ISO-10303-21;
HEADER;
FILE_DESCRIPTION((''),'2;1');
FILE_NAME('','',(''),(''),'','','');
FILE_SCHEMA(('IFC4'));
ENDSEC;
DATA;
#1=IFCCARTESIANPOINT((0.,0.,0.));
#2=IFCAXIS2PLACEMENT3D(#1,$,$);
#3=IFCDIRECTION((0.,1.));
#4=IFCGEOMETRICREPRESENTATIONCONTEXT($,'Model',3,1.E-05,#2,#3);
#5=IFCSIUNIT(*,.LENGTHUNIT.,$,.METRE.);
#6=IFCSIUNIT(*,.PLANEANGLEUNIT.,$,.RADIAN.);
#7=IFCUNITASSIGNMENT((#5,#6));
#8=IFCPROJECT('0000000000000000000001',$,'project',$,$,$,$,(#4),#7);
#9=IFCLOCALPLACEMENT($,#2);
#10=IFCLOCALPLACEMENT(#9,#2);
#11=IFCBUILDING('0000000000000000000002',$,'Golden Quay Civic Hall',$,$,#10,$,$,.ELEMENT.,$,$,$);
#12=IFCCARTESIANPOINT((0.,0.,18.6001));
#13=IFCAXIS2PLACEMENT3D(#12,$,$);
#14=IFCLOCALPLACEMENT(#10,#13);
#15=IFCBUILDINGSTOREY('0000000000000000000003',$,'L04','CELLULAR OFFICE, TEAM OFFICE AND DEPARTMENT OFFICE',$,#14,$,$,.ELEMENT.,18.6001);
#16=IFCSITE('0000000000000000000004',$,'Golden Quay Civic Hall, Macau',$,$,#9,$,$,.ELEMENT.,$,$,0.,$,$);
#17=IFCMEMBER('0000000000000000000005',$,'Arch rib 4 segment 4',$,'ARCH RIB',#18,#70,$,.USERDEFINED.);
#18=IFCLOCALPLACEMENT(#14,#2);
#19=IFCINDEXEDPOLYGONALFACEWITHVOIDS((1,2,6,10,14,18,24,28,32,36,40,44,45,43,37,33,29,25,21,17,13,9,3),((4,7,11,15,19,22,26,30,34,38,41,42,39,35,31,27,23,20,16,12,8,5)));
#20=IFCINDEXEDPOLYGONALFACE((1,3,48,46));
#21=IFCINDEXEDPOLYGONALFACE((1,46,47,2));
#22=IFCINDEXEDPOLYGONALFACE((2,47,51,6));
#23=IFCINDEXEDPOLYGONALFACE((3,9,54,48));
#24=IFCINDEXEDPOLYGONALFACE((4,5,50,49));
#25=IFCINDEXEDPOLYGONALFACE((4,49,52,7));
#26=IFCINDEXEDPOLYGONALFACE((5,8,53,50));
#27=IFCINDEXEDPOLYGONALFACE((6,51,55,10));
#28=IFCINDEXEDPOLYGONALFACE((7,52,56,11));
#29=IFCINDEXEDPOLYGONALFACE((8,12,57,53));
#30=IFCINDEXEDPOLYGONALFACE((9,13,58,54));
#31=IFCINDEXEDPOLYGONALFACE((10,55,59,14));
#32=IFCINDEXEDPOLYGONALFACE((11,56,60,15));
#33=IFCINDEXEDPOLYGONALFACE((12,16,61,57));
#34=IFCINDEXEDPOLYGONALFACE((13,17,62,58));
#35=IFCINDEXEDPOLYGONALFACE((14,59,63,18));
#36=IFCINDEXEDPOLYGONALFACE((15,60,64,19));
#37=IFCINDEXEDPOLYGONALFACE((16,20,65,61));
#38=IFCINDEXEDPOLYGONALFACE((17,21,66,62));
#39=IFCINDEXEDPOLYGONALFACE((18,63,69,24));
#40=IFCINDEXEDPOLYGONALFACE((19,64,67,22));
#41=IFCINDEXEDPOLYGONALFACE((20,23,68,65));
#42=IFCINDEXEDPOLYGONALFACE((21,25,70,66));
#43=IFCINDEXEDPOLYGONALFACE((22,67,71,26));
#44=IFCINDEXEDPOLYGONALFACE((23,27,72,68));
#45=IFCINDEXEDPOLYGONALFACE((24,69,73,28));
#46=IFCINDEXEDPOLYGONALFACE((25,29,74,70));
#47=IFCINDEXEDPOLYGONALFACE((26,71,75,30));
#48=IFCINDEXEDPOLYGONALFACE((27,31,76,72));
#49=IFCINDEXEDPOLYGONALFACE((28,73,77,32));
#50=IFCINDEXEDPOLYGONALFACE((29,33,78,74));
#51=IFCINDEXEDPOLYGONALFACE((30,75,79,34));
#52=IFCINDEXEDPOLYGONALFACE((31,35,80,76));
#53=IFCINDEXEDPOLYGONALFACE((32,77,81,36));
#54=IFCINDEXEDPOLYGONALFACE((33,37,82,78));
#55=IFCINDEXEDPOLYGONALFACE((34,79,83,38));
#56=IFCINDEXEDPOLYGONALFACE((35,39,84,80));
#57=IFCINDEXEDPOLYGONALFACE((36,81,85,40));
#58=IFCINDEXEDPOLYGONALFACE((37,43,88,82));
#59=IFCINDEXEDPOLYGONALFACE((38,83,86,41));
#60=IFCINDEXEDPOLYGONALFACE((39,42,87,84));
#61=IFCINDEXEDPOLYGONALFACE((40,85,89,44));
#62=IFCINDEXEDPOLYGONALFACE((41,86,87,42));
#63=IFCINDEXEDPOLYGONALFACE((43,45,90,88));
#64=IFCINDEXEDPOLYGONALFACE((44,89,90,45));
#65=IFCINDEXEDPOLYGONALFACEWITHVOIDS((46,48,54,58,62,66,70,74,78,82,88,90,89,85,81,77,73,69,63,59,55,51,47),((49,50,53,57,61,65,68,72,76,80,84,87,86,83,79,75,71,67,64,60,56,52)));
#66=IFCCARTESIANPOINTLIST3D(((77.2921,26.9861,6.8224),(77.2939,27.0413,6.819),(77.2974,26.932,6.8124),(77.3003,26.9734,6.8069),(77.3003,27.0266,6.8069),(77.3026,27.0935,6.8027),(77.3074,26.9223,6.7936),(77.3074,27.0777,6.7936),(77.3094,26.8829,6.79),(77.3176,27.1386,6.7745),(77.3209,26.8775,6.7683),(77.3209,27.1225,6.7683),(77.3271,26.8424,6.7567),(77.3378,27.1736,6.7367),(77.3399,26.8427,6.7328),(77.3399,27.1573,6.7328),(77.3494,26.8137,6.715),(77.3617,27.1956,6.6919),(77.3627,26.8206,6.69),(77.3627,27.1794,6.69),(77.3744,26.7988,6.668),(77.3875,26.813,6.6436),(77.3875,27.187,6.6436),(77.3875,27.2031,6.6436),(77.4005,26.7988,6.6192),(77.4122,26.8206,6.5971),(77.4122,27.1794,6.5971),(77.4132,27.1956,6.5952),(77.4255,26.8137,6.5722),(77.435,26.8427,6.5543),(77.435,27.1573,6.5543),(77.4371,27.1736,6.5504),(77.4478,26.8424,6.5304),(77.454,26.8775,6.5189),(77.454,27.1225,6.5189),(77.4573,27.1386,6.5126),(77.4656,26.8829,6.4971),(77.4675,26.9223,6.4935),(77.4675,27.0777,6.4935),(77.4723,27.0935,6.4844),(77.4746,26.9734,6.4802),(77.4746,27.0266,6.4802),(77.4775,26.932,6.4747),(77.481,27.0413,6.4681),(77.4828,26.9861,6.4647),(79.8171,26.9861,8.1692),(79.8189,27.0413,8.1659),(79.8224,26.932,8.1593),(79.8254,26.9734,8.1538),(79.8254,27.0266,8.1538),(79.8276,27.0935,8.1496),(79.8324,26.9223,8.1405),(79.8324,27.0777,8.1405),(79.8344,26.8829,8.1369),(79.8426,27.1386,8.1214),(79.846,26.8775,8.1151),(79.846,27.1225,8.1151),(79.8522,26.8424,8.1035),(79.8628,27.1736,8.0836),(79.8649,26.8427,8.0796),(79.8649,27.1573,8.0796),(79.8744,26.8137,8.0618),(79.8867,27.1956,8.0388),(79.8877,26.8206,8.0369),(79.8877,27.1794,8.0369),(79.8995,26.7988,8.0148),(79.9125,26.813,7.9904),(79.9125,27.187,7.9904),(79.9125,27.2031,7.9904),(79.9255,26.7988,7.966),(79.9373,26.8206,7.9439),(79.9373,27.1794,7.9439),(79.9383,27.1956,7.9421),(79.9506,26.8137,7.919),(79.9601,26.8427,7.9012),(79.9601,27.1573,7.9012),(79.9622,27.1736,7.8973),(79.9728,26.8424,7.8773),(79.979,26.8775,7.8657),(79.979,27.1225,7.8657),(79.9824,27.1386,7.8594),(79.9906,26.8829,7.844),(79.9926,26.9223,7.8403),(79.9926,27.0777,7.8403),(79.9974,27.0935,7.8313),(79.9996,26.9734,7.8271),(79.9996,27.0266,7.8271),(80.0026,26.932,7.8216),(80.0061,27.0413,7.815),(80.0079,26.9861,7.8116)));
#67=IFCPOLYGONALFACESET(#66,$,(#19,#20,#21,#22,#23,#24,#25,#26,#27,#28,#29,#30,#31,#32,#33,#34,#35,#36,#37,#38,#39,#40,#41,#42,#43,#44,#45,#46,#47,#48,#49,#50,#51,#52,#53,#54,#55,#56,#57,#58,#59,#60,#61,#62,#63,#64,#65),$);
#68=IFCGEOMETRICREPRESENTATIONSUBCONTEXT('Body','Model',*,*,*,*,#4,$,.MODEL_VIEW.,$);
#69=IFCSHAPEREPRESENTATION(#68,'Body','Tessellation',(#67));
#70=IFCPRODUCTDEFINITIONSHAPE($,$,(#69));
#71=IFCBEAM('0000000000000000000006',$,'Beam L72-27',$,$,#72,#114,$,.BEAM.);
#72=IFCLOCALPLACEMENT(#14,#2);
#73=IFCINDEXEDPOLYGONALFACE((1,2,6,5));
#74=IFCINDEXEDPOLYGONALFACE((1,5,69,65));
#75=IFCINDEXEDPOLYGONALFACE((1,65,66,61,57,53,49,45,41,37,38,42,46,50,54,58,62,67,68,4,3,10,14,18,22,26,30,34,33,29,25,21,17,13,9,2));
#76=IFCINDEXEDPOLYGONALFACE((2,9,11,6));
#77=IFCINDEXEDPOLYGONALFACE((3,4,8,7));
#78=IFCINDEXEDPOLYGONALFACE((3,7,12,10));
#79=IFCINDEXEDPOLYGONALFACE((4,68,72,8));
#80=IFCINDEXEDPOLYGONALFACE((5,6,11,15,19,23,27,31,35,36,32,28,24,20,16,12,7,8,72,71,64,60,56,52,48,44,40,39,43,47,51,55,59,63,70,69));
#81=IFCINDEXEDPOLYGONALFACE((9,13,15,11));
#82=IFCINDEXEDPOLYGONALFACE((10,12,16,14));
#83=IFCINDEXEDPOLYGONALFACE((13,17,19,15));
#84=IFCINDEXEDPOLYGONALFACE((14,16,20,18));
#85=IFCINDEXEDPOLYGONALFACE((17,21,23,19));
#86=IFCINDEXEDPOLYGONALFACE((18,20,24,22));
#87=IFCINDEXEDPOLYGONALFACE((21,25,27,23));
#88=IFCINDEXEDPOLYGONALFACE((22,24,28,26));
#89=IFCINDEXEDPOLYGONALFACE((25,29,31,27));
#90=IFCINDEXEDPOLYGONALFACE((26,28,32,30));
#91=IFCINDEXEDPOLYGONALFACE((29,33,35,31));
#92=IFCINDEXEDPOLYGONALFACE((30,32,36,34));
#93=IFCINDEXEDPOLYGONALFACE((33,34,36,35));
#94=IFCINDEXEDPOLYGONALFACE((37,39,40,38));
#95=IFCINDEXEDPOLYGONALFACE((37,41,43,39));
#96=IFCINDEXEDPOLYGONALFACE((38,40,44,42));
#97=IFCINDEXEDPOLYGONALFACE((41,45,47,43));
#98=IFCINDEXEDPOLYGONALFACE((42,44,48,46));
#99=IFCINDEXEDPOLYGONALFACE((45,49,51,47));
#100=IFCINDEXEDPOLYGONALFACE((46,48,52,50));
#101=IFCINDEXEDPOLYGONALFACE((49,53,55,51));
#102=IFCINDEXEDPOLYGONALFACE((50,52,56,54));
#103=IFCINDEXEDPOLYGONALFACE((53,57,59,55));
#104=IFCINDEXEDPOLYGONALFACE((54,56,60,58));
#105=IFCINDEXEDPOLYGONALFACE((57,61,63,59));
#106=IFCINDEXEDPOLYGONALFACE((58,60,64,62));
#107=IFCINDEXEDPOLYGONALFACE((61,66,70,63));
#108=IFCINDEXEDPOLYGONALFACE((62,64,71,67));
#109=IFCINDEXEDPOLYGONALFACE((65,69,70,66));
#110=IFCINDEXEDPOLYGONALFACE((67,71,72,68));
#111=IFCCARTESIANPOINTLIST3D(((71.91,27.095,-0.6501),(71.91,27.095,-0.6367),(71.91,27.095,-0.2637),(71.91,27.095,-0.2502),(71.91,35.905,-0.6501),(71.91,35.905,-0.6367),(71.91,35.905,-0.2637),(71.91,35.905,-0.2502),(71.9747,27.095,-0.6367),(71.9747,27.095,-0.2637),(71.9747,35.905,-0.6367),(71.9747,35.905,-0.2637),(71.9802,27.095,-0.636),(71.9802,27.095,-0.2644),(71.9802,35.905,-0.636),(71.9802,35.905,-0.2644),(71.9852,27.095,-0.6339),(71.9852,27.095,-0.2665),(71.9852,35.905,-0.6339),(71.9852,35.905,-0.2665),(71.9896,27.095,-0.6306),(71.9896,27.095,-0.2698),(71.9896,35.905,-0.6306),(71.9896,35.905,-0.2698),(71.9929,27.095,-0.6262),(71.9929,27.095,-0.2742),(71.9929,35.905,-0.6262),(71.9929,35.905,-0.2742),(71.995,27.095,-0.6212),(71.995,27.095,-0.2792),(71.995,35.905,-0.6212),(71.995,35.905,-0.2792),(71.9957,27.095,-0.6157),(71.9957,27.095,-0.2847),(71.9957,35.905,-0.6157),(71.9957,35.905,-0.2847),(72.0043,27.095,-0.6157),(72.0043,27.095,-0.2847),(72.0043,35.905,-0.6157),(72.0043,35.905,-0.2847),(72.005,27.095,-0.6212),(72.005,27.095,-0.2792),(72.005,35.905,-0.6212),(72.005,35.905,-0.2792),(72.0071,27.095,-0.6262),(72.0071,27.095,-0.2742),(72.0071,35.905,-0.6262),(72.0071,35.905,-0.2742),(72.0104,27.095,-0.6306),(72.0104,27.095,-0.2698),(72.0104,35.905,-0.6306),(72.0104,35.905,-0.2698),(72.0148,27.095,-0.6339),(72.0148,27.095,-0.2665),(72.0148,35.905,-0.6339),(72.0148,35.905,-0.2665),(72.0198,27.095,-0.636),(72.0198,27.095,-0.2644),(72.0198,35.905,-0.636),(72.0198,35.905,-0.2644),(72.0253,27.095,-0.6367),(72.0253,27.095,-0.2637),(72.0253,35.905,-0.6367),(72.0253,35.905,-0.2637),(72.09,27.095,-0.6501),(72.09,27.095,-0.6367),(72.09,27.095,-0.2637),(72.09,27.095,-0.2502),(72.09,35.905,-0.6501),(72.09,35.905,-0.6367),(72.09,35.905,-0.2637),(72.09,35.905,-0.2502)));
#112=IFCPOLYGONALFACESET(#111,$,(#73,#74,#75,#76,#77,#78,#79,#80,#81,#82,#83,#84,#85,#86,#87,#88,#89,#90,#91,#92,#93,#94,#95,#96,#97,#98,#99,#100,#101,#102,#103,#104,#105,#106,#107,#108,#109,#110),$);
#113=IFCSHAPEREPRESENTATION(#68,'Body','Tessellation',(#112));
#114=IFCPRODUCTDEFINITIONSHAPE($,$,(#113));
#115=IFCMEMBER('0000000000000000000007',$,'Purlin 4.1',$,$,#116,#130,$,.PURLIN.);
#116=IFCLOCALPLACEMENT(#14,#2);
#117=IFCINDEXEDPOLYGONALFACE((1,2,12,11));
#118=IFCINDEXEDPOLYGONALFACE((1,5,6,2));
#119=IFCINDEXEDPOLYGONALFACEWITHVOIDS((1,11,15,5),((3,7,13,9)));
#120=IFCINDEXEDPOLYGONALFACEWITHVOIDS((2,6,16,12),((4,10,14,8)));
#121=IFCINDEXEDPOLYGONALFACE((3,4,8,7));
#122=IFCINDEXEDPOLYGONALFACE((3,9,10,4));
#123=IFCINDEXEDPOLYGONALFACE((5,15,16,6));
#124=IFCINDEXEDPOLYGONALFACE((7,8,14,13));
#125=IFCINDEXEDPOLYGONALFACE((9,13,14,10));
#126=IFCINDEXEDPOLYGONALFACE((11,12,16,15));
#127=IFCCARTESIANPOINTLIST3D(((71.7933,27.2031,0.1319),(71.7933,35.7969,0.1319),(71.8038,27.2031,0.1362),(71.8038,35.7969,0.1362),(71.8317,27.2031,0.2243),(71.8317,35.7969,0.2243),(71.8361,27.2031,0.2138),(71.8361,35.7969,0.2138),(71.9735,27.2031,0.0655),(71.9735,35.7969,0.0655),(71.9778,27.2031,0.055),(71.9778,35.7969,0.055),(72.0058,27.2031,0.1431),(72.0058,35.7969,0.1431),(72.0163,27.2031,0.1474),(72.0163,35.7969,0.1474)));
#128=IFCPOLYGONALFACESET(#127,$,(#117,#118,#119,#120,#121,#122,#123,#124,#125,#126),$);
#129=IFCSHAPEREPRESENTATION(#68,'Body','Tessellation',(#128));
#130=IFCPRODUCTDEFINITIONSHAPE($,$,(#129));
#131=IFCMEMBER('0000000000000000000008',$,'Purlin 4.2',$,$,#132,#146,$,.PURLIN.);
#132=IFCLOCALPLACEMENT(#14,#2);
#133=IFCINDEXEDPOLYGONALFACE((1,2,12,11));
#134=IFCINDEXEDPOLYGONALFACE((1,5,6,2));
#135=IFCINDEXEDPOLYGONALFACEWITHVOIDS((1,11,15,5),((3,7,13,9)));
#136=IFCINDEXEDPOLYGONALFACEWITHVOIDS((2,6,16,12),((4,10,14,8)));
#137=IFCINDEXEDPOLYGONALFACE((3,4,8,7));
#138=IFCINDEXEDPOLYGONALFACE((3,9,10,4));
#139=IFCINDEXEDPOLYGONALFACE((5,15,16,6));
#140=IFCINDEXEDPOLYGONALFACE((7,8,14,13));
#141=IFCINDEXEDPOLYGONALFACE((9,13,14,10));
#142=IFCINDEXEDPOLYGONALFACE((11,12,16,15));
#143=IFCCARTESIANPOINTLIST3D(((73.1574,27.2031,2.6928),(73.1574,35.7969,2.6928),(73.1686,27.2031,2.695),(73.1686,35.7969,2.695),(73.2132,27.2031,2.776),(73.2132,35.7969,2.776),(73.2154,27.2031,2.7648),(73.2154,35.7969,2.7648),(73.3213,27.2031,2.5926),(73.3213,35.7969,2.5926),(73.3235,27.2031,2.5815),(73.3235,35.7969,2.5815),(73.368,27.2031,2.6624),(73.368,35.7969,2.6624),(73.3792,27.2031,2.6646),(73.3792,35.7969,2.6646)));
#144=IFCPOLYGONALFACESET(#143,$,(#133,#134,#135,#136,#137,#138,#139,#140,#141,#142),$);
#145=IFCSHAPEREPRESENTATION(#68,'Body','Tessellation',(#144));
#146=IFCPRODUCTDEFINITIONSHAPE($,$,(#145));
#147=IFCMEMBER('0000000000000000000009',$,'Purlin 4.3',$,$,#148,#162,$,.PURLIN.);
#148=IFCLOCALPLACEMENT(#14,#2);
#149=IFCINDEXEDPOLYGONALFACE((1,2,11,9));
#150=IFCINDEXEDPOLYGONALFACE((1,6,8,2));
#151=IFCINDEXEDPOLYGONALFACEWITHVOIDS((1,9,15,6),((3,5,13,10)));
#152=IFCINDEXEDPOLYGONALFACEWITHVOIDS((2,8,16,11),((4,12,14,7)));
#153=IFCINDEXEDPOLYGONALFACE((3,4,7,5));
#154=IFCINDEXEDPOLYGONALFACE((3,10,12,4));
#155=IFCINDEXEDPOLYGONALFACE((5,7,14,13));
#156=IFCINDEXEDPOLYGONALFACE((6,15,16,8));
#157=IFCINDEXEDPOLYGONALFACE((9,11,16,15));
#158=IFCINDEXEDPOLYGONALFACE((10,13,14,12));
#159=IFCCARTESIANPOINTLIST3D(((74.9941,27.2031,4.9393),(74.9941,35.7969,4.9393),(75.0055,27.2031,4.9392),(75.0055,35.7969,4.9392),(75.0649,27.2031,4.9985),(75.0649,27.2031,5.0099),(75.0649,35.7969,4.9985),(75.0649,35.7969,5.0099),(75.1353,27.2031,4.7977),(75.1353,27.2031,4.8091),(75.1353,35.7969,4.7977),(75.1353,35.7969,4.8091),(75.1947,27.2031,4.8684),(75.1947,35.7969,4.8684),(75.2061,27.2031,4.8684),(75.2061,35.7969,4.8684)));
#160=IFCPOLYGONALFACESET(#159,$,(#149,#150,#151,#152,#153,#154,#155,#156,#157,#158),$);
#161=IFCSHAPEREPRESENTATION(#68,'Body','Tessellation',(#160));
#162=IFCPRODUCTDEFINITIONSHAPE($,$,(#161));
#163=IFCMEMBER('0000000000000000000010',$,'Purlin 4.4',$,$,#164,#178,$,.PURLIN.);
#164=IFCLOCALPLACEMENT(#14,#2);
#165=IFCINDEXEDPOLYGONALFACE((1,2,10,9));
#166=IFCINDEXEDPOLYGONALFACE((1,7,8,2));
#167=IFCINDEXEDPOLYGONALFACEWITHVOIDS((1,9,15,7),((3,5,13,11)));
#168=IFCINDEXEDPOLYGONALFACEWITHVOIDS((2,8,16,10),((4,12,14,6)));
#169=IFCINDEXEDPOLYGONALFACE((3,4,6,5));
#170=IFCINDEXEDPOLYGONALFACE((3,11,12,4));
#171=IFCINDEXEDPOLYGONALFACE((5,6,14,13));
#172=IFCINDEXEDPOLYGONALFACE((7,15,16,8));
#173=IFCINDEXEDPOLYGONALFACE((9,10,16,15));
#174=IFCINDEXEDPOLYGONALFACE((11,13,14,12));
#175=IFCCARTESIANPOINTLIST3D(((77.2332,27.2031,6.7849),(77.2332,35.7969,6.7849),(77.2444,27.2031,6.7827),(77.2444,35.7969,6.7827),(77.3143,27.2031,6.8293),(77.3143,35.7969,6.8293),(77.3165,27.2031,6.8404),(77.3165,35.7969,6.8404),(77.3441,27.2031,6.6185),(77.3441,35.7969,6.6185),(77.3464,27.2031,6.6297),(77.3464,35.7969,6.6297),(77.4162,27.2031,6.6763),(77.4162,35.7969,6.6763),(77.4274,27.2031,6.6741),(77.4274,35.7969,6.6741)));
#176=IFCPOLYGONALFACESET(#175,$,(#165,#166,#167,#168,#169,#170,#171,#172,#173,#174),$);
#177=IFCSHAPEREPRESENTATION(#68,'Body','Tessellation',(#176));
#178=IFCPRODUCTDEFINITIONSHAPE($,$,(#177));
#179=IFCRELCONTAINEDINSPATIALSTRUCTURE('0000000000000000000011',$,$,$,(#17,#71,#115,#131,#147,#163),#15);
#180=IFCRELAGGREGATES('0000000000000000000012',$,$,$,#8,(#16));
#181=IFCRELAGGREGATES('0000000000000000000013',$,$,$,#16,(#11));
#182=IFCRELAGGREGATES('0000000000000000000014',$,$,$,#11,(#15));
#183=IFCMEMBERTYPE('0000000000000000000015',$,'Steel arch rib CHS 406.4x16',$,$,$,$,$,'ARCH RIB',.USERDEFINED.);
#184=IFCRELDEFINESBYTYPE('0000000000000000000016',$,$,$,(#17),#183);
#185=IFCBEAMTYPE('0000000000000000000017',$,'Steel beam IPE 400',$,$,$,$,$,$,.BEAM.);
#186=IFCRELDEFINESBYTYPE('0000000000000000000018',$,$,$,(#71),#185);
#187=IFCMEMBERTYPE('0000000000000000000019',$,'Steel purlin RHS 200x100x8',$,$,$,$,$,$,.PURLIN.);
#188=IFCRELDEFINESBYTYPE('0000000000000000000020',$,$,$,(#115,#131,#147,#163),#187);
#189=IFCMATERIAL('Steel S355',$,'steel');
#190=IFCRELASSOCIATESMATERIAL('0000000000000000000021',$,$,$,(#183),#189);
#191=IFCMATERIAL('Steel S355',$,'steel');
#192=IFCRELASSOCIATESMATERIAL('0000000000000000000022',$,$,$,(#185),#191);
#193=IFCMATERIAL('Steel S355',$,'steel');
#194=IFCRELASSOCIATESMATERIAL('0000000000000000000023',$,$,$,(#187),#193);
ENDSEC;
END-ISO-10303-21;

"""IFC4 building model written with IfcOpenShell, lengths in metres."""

from ifc_helpers import new_model, si_unit, direction, frame, origin, origin_2d, place, context, subcontext, project, spatial, hollow_rectangle, hollow_circle, i_section, extrude, material, material_profile, profile_set, type_object, element, save


model = new_model("IFC4")

# Units and contexts
model_context = context("Model", 3, precision=1e-05, world=origin(), true_north=direction((0.0, 1.0)))
body_context = subcontext(model_context, "Body", "Model", "MODEL_VIEW")
ifc_project = project(units=[si_unit("LENGTHUNIT", "METRE"), si_unit("PLANEANGLEUNIT", "RADIAN")], contexts=[model_context])

# Site, building, storey
site_placement = place(None, origin())
site = spatial("IfcSite", under=ifc_project, at=site_placement, Name="Golden Quay Civic Hall, Macau", CompositionType="ELEMENT", RefElevation=0.0)
building_placement = place(site_placement, origin())
building = spatial("IfcBuilding", under=site, at=building_placement, Name="Golden Quay Civic Hall", CompositionType="ELEMENT")
storey_placement = place(building_placement, frame((0.0, 0.0, 18.6001)))
storey = spatial("IfcBuildingStorey", under=building, at=storey_placement, Name="L04", Description="CELLULAR OFFICE, TEAM OFFICE AND DEPARTMENT OFFICE", CompositionType="ELEMENT", Elevation=18.6001)

# Member
ifc_material_1 = material(Name="Steel S355", Category="steel")
ifc_material_profile_1 = material_profile(ifc_material_1, hollow_circle(Radius=0.2031, WallThickness=0.0161, at=origin_2d()), Name="CHS 406.4x16")
ifc_profile_set_1 = profile_set([ifc_material_profile_1], Name="Steel S355")
member_type_1 = type_object("IfcMemberType", Name="Steel arch rib CHS 406.4x16", ElementType="ARCH RIB", PredefinedType="USERDEFINED", material=ifc_profile_set_1)
for number, where, z_axis, x_axis, name in (
    (1, (77.3875, 27.0, 6.6436), (0.882327, 0.0, 0.470637), (0.0, 1.0, 0.0), "Arch rib 4 segment 4"),
):
    element("IfcMember", number, at=place(storey_placement, frame(where, z_axis=z_axis, x_axis=x_axis)), inside=storey, type_object=member_type_1, Name=name, ObjectType="ARCH RIB", PredefinedType="USERDEFINED", context=body_context, shape_type="SweptSolid", body=[
        extrude(hollow_circle(Radius=0.2031, WallThickness=0.0161, at=origin_2d()), origin(), (0.0, 0.0, 1.0), 2.8618),
    ])

# Beam
ifc_material_2 = material(Name="Steel S355", Category="steel")
ifc_material_profile_2 = material_profile(ifc_material_2, i_section(OverallWidth=0.1799, OverallDepth=0.3999, WebThickness=0.0085, FlangeThickness=0.0134, FilletRadius=0.021, at=origin_2d()), Name="IPE 400")
ifc_profile_set_2 = profile_set([ifc_material_profile_2], Name="Steel S355")
beam_type = type_object("IfcBeamType", Name="Steel beam IPE 400", PredefinedType="BEAM", material=ifc_profile_set_2)
beam_placement = place(storey_placement, frame((72.0, 27.095, -0.4502), z_axis=(0.0, 1.0, 0.0), x_axis=(-1.0, 0.0, 0.0)))
element("IfcBeam", 2, at=beam_placement, inside=storey, type_object=beam_type, Name="Beam L72-27", PredefinedType="BEAM", context=body_context, shape_type="SweptSolid", body=[
    extrude(i_section(OverallWidth=0.1799, OverallDepth=0.3999, WebThickness=0.0085, FlangeThickness=0.0134, FilletRadius=0.021, at=origin_2d()), origin(), (0.0, 0.0, 1.0), 8.8101),
])

# Members
ifc_material_3 = material(Name="Steel S355", Category="steel")
ifc_material_profile_3 = material_profile(ifc_material_3, hollow_rectangle(XDim=0.1001, YDim=0.2, WallThickness=0.0081, at=origin_2d()), Name="RHS 200x100x8")
ifc_profile_set_3 = profile_set([ifc_material_profile_3], Name="Steel S355")
member_type_2 = type_object("IfcMemberType", Name="Steel purlin RHS 200x100x8", PredefinedType="PURLIN", material=ifc_profile_set_3)
for number, where, z_axis, x_axis, name in (
    (3, (71.9048, 27.2031, 0.1396), (0.0, 1.0, 0.0), (-0.384615, 0.0, -0.923077), "Purlin 4.1"),
    (4, (73.2683, 27.2031, 2.6787), (0.0, 1.0, 0.0), (-0.557019, 0.0, -0.8305), "Purlin 4.2"),
    (5, (75.1001, 27.2031, 4.9038), (0.0, 1.0, 0.0), (-0.708092, 0.0, -0.70612), "Purlin 4.3"),
    (6, (77.3303, 27.2031, 6.7295), (0.0, 1.0, 0.0), (-0.83205, 0.0, -0.5547), "Purlin 4.4"),
):
    element("IfcMember", number, at=place(storey_placement, frame(where, z_axis=z_axis, x_axis=x_axis)), inside=storey, type_object=member_type_2, Name=name, PredefinedType="PURLIN", context=body_context, shape_type="SweptSolid", body=[
        extrude(hollow_rectangle(XDim=0.1001, YDim=0.2, WallThickness=0.0081, at=origin_2d()), origin(), (0.0, 0.0, 1.0), 8.5938),
    ])

save(model, "model.ifc")
